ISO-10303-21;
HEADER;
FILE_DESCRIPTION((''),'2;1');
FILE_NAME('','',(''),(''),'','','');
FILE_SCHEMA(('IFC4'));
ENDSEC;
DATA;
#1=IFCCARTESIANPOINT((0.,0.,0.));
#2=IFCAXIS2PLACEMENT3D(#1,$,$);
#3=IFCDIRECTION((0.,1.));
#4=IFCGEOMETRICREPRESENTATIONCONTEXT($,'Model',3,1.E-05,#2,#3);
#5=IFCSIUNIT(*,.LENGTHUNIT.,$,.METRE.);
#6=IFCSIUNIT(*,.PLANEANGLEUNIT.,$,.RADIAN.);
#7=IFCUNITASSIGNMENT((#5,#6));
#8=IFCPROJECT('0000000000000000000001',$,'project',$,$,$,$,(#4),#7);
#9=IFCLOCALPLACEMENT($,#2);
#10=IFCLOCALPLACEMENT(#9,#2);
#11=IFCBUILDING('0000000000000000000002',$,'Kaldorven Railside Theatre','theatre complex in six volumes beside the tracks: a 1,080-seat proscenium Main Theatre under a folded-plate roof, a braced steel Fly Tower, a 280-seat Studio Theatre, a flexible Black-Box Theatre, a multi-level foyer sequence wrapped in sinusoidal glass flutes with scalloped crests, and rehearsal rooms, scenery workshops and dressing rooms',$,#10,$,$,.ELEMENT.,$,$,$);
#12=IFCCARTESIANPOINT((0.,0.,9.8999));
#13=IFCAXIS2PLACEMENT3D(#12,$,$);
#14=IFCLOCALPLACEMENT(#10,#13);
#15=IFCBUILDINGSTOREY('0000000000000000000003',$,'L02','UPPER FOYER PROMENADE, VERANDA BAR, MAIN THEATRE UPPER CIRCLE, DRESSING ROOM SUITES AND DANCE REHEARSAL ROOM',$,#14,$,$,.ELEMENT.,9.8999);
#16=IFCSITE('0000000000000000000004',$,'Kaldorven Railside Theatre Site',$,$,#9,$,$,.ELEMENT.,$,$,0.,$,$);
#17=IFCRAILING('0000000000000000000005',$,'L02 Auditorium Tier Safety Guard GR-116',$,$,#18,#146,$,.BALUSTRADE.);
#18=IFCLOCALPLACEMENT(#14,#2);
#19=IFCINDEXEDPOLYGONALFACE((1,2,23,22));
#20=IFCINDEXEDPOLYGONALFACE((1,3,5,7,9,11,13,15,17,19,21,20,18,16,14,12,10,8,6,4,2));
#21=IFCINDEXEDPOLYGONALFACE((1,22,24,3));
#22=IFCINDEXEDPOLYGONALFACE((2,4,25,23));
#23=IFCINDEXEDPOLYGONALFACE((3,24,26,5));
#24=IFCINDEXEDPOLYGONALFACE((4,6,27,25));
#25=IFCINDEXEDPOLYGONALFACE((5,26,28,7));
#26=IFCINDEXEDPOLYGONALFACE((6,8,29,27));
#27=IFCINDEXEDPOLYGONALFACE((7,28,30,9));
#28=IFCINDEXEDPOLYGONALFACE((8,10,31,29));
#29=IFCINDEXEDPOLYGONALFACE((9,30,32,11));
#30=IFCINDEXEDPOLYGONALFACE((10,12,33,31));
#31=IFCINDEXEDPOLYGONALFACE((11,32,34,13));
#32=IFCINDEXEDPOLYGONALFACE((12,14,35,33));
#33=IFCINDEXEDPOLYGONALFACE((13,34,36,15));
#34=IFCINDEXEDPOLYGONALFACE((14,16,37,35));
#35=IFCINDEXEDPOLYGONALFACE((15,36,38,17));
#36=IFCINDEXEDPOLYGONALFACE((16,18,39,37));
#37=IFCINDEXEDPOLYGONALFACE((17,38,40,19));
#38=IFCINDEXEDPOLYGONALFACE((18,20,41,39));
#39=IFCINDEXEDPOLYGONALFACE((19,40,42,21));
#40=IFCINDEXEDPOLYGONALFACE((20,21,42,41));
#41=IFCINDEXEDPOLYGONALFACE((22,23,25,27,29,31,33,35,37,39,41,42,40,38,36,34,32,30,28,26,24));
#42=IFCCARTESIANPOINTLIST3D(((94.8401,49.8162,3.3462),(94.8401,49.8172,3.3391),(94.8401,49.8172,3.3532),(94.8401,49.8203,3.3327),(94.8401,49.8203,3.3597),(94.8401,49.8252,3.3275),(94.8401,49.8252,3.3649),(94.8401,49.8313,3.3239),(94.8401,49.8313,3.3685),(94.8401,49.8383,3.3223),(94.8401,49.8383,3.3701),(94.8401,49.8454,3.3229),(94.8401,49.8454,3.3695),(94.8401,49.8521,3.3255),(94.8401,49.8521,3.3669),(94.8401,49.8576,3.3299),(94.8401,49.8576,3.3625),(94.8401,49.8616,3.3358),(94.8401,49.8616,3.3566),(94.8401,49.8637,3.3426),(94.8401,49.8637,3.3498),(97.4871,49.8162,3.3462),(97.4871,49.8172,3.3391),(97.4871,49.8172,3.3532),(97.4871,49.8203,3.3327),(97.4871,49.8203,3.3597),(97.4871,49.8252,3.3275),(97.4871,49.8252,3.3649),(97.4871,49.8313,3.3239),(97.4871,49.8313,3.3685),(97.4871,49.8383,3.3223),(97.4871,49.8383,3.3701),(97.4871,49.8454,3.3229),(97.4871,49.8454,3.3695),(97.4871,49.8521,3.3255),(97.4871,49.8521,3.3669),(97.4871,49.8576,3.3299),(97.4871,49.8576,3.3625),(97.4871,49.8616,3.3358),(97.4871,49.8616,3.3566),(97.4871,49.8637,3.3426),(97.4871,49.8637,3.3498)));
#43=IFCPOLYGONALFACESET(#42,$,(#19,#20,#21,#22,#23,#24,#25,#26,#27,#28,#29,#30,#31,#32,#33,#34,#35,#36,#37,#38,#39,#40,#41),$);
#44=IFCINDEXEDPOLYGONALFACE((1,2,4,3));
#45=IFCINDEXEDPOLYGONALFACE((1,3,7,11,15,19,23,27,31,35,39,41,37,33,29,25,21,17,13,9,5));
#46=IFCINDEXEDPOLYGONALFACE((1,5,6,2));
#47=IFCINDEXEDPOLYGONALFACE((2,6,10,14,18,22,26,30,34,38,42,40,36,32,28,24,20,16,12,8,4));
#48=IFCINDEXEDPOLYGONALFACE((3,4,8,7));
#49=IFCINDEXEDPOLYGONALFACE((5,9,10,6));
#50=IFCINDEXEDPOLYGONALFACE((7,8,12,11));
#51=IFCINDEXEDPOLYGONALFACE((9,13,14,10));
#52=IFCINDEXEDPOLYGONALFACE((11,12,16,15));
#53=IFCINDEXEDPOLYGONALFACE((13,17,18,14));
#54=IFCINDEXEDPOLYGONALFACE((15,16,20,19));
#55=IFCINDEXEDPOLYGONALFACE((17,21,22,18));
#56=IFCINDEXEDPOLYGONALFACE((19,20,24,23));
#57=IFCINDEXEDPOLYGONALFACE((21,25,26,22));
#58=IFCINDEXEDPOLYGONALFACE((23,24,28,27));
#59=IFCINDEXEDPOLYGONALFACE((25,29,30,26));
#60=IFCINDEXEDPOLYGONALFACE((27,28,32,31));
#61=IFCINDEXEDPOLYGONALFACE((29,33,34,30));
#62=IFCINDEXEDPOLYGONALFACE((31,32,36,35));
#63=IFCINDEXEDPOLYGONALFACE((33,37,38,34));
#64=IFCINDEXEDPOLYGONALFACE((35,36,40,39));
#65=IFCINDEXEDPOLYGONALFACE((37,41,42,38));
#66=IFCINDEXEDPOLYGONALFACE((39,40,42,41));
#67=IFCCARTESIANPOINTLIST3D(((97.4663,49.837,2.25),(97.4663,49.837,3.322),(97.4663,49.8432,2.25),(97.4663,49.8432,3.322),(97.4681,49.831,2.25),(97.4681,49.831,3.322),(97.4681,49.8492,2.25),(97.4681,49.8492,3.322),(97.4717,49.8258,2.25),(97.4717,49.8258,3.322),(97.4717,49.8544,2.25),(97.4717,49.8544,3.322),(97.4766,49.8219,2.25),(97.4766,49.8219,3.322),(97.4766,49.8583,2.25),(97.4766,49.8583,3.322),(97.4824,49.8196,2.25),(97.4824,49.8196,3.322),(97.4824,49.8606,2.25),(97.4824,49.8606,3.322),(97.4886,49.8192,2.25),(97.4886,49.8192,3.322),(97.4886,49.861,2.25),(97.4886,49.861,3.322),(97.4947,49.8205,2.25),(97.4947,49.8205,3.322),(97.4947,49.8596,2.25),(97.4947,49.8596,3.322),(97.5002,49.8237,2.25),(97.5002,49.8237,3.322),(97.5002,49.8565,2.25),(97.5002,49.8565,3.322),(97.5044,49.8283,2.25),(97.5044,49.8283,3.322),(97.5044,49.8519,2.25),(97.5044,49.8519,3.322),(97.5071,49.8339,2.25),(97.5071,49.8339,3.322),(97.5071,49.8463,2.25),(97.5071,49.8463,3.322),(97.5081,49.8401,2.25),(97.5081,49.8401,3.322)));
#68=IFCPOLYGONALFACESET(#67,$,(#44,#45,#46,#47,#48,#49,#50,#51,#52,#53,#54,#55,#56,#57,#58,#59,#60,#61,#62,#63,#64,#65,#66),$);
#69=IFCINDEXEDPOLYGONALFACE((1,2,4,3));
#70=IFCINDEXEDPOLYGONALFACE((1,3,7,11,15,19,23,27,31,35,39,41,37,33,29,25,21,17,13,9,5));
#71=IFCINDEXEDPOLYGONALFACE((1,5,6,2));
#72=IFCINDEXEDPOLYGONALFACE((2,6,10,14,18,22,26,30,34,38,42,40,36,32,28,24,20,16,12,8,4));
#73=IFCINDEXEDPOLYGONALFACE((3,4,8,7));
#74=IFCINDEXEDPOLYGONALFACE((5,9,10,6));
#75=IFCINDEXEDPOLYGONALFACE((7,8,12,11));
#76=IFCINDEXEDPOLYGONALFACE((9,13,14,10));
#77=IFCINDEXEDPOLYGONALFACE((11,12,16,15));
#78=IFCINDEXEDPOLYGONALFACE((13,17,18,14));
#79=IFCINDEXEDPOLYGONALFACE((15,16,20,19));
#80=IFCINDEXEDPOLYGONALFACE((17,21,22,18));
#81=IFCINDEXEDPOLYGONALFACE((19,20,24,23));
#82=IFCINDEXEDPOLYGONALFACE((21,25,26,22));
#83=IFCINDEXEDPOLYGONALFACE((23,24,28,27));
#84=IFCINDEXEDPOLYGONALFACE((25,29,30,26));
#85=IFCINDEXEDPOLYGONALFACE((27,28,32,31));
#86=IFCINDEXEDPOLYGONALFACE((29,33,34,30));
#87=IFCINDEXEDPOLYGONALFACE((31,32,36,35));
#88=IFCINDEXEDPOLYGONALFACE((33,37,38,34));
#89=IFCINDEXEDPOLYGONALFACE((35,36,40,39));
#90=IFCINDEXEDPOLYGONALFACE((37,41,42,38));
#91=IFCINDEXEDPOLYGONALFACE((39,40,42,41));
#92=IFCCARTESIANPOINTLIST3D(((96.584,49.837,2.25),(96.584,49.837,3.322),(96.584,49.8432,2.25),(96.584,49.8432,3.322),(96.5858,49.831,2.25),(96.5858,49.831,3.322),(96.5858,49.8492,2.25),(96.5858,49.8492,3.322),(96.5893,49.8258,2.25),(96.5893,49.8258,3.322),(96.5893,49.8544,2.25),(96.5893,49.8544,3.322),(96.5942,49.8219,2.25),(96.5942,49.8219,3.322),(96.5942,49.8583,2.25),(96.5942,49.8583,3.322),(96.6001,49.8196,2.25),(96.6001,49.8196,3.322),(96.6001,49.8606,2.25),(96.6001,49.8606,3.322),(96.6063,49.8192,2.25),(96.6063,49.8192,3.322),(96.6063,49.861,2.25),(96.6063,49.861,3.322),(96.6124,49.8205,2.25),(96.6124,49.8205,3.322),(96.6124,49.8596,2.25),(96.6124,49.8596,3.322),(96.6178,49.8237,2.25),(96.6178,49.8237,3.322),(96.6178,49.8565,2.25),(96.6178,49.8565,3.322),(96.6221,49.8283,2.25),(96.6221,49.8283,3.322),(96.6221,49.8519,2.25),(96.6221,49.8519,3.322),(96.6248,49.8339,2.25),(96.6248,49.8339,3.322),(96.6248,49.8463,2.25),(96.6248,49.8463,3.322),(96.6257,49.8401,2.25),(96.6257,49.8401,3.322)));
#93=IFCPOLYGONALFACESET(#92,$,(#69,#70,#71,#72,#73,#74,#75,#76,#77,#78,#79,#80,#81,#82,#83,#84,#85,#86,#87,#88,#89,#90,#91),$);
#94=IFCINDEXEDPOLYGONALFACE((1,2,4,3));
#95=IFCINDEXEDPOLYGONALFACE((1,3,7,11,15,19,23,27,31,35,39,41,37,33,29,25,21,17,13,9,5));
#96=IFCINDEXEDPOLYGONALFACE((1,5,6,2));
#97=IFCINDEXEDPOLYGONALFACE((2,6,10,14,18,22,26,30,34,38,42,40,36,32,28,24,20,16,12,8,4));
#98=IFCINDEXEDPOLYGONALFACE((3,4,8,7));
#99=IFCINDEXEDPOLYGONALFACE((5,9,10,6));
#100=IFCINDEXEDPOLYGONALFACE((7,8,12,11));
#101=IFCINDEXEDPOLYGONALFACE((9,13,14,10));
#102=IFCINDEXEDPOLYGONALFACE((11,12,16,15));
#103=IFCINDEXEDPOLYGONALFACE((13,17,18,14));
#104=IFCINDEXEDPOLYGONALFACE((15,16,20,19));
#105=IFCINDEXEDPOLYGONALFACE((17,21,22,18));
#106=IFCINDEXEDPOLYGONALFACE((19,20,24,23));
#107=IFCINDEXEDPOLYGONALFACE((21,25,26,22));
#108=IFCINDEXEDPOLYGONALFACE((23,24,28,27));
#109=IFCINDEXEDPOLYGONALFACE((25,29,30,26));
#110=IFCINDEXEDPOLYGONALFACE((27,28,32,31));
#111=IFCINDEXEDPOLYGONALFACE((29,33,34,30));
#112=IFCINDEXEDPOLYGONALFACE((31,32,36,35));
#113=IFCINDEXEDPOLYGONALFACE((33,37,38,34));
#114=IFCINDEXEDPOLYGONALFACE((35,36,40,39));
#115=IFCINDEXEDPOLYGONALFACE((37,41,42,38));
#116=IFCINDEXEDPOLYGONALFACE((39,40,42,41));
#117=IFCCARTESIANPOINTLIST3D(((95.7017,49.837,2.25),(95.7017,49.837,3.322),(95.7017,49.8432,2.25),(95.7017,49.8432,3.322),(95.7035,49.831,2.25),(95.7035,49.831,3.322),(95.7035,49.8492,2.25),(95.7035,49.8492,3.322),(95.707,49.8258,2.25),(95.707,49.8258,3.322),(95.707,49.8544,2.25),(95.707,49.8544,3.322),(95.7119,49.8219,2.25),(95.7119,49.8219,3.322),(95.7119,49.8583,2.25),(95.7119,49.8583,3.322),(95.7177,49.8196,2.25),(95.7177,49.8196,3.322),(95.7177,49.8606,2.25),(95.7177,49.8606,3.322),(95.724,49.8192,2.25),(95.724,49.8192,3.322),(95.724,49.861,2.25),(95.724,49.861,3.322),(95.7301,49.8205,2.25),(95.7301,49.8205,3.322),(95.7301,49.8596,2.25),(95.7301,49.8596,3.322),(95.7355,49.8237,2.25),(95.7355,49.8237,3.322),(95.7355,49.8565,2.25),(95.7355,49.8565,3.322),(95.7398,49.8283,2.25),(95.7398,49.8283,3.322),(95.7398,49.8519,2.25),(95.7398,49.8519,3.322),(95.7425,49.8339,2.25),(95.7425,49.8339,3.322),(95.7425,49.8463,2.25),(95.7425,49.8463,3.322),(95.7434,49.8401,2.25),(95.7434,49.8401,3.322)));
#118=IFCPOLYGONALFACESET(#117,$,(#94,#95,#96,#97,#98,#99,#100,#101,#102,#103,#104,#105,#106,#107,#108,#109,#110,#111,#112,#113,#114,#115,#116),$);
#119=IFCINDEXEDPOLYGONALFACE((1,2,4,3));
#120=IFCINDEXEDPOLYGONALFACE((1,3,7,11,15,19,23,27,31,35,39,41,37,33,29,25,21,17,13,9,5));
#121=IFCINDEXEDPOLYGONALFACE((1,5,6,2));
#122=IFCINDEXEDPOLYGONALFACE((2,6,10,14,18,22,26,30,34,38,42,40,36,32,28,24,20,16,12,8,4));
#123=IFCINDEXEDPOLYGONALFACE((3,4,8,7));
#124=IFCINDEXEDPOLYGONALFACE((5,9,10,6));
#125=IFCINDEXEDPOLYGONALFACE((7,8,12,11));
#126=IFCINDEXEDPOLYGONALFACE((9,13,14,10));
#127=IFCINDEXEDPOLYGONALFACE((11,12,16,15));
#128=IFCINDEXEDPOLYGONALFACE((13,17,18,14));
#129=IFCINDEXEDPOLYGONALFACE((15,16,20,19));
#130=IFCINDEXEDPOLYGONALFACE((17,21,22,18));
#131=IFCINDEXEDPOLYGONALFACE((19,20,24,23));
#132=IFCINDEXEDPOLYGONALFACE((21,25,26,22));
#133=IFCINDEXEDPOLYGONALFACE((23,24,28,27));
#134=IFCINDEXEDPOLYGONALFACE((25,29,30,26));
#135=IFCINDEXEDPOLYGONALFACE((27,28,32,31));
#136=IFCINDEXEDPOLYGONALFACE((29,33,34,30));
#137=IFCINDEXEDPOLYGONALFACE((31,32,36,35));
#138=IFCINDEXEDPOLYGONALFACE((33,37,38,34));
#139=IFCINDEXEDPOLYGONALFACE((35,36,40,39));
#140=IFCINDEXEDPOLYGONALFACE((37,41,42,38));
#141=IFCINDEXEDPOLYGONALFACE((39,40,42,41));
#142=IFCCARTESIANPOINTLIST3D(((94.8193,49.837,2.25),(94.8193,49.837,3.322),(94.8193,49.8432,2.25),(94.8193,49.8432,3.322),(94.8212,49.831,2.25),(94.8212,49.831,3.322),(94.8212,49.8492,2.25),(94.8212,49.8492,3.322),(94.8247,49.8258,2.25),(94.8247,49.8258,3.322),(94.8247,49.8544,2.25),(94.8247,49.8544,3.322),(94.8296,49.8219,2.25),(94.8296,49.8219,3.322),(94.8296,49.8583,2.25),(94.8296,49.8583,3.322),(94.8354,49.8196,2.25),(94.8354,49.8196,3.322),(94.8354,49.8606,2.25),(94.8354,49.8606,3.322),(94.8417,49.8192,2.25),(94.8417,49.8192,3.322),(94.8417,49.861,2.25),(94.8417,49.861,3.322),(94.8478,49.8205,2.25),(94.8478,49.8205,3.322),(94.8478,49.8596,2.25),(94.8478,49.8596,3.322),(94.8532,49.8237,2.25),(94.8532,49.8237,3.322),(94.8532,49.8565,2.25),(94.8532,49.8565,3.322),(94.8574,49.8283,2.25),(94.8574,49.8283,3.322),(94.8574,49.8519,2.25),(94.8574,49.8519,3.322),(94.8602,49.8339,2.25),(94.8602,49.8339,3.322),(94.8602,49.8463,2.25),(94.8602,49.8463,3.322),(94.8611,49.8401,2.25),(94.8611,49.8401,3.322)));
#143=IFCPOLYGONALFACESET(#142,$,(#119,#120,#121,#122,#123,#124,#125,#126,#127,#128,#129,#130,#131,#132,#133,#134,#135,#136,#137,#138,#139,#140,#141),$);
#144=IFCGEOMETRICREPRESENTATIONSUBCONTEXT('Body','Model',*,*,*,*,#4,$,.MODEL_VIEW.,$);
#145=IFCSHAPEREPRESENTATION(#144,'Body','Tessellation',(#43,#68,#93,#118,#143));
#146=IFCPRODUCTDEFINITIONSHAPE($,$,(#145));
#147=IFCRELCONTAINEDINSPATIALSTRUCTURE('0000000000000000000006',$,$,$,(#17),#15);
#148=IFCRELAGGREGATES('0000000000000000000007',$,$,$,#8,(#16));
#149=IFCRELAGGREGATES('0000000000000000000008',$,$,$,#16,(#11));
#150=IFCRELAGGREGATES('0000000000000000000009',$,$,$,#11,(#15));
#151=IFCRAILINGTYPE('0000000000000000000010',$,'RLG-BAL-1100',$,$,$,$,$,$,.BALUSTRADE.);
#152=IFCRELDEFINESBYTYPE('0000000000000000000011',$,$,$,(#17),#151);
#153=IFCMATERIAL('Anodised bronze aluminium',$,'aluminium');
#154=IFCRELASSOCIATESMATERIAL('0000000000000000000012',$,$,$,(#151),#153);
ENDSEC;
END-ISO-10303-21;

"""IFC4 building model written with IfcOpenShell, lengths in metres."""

from ifc_helpers import new_model, si_unit, direction, frame, origin, origin_2d, place, context, subcontext, project, spatial, circle, extrude, material, type_object, element, save


model = new_model("IFC4")

# Units and contexts
model_context = context("Model", 3, precision=1e-05, world=origin(), true_north=direction((0.0, 1.0)))
body_context = subcontext(model_context, "Body", "Model", "MODEL_VIEW")
ifc_project = project(units=[si_unit("LENGTHUNIT", "METRE"), si_unit("PLANEANGLEUNIT", "RADIAN")], contexts=[model_context])

# Site, building, storey
site_placement = place(None, origin())
site = spatial("IfcSite", under=ifc_project, at=site_placement, Name="Kaldorven Railside Theatre Site", CompositionType="ELEMENT", RefElevation=0.0)
building_placement = place(site_placement, origin())
building = spatial("IfcBuilding", under=site, at=building_placement, Name="Kaldorven Railside Theatre", Description="theatre complex in six volumes beside the tracks: a 1,080-seat proscenium Main Theatre under a folded-plate roof, a braced steel Fly Tower, a 280-seat Studio Theatre, a flexible Black-Box Theatre, a multi-level foyer sequence wrapped in sinusoidal glass flutes with scalloped crests, and rehearsal rooms, scenery workshops and dressing rooms", CompositionType="ELEMENT")
storey_placement = place(building_placement, frame((0.0, 0.0, 9.8999)))
storey = spatial("IfcBuildingStorey", under=building, at=storey_placement, Name="L02", Description="UPPER FOYER PROMENADE, VERANDA BAR, MAIN THEATRE UPPER CIRCLE, DRESSING ROOM SUITES AND DANCE REHEARSAL ROOM", CompositionType="ELEMENT", Elevation=9.8999)

# Railing
ifc_material_1 = material(Name="Anodised bronze aluminium", Category="aluminium")
railing_type = type_object("IfcRailingType", Name="RLG-BAL-1100", PredefinedType="BALUSTRADE", material=ifc_material_1)
railing_1_placement = place(storey_placement, frame((97.4871, 49.8401, 2.25)))
element("IfcRailing", 1, at=railing_1_placement, inside=storey, type_object=railing_type, Name="L02 Auditorium Tier Safety Guard GR-116", PredefinedType="BALUSTRADE", context=body_context, shape_type="SweptSolid", body=[
    extrude(circle(Radius=0.0239, at=origin_2d()), frame((0.0, 0.0, 1.0962), z_axis=(-1.0, 0.0, 0.0), x_axis=(0.0, -1.0, 0.0)), (0.0, 0.0, 1.0), 2.647),
    extrude(circle(Radius=0.021, at=origin_2d()), origin(), (0.0, 0.0, 1.0), 1.072),
    extrude(circle(Radius=0.021, at=origin_2d()), frame((-0.8823, 0.0, 0.0)), (0.0, 0.0, 1.0), 1.072),
    extrude(circle(Radius=0.021, at=origin_2d()), frame((-1.7646, 0.0, 0.0)), (0.0, 0.0, 1.0), 1.072),
    extrude(circle(Radius=0.021, at=origin_2d()), frame((-2.647, 0.0, 0.0)), (0.0, 0.0, 1.0), 1.072),
])

save(model, "model.ifc")
